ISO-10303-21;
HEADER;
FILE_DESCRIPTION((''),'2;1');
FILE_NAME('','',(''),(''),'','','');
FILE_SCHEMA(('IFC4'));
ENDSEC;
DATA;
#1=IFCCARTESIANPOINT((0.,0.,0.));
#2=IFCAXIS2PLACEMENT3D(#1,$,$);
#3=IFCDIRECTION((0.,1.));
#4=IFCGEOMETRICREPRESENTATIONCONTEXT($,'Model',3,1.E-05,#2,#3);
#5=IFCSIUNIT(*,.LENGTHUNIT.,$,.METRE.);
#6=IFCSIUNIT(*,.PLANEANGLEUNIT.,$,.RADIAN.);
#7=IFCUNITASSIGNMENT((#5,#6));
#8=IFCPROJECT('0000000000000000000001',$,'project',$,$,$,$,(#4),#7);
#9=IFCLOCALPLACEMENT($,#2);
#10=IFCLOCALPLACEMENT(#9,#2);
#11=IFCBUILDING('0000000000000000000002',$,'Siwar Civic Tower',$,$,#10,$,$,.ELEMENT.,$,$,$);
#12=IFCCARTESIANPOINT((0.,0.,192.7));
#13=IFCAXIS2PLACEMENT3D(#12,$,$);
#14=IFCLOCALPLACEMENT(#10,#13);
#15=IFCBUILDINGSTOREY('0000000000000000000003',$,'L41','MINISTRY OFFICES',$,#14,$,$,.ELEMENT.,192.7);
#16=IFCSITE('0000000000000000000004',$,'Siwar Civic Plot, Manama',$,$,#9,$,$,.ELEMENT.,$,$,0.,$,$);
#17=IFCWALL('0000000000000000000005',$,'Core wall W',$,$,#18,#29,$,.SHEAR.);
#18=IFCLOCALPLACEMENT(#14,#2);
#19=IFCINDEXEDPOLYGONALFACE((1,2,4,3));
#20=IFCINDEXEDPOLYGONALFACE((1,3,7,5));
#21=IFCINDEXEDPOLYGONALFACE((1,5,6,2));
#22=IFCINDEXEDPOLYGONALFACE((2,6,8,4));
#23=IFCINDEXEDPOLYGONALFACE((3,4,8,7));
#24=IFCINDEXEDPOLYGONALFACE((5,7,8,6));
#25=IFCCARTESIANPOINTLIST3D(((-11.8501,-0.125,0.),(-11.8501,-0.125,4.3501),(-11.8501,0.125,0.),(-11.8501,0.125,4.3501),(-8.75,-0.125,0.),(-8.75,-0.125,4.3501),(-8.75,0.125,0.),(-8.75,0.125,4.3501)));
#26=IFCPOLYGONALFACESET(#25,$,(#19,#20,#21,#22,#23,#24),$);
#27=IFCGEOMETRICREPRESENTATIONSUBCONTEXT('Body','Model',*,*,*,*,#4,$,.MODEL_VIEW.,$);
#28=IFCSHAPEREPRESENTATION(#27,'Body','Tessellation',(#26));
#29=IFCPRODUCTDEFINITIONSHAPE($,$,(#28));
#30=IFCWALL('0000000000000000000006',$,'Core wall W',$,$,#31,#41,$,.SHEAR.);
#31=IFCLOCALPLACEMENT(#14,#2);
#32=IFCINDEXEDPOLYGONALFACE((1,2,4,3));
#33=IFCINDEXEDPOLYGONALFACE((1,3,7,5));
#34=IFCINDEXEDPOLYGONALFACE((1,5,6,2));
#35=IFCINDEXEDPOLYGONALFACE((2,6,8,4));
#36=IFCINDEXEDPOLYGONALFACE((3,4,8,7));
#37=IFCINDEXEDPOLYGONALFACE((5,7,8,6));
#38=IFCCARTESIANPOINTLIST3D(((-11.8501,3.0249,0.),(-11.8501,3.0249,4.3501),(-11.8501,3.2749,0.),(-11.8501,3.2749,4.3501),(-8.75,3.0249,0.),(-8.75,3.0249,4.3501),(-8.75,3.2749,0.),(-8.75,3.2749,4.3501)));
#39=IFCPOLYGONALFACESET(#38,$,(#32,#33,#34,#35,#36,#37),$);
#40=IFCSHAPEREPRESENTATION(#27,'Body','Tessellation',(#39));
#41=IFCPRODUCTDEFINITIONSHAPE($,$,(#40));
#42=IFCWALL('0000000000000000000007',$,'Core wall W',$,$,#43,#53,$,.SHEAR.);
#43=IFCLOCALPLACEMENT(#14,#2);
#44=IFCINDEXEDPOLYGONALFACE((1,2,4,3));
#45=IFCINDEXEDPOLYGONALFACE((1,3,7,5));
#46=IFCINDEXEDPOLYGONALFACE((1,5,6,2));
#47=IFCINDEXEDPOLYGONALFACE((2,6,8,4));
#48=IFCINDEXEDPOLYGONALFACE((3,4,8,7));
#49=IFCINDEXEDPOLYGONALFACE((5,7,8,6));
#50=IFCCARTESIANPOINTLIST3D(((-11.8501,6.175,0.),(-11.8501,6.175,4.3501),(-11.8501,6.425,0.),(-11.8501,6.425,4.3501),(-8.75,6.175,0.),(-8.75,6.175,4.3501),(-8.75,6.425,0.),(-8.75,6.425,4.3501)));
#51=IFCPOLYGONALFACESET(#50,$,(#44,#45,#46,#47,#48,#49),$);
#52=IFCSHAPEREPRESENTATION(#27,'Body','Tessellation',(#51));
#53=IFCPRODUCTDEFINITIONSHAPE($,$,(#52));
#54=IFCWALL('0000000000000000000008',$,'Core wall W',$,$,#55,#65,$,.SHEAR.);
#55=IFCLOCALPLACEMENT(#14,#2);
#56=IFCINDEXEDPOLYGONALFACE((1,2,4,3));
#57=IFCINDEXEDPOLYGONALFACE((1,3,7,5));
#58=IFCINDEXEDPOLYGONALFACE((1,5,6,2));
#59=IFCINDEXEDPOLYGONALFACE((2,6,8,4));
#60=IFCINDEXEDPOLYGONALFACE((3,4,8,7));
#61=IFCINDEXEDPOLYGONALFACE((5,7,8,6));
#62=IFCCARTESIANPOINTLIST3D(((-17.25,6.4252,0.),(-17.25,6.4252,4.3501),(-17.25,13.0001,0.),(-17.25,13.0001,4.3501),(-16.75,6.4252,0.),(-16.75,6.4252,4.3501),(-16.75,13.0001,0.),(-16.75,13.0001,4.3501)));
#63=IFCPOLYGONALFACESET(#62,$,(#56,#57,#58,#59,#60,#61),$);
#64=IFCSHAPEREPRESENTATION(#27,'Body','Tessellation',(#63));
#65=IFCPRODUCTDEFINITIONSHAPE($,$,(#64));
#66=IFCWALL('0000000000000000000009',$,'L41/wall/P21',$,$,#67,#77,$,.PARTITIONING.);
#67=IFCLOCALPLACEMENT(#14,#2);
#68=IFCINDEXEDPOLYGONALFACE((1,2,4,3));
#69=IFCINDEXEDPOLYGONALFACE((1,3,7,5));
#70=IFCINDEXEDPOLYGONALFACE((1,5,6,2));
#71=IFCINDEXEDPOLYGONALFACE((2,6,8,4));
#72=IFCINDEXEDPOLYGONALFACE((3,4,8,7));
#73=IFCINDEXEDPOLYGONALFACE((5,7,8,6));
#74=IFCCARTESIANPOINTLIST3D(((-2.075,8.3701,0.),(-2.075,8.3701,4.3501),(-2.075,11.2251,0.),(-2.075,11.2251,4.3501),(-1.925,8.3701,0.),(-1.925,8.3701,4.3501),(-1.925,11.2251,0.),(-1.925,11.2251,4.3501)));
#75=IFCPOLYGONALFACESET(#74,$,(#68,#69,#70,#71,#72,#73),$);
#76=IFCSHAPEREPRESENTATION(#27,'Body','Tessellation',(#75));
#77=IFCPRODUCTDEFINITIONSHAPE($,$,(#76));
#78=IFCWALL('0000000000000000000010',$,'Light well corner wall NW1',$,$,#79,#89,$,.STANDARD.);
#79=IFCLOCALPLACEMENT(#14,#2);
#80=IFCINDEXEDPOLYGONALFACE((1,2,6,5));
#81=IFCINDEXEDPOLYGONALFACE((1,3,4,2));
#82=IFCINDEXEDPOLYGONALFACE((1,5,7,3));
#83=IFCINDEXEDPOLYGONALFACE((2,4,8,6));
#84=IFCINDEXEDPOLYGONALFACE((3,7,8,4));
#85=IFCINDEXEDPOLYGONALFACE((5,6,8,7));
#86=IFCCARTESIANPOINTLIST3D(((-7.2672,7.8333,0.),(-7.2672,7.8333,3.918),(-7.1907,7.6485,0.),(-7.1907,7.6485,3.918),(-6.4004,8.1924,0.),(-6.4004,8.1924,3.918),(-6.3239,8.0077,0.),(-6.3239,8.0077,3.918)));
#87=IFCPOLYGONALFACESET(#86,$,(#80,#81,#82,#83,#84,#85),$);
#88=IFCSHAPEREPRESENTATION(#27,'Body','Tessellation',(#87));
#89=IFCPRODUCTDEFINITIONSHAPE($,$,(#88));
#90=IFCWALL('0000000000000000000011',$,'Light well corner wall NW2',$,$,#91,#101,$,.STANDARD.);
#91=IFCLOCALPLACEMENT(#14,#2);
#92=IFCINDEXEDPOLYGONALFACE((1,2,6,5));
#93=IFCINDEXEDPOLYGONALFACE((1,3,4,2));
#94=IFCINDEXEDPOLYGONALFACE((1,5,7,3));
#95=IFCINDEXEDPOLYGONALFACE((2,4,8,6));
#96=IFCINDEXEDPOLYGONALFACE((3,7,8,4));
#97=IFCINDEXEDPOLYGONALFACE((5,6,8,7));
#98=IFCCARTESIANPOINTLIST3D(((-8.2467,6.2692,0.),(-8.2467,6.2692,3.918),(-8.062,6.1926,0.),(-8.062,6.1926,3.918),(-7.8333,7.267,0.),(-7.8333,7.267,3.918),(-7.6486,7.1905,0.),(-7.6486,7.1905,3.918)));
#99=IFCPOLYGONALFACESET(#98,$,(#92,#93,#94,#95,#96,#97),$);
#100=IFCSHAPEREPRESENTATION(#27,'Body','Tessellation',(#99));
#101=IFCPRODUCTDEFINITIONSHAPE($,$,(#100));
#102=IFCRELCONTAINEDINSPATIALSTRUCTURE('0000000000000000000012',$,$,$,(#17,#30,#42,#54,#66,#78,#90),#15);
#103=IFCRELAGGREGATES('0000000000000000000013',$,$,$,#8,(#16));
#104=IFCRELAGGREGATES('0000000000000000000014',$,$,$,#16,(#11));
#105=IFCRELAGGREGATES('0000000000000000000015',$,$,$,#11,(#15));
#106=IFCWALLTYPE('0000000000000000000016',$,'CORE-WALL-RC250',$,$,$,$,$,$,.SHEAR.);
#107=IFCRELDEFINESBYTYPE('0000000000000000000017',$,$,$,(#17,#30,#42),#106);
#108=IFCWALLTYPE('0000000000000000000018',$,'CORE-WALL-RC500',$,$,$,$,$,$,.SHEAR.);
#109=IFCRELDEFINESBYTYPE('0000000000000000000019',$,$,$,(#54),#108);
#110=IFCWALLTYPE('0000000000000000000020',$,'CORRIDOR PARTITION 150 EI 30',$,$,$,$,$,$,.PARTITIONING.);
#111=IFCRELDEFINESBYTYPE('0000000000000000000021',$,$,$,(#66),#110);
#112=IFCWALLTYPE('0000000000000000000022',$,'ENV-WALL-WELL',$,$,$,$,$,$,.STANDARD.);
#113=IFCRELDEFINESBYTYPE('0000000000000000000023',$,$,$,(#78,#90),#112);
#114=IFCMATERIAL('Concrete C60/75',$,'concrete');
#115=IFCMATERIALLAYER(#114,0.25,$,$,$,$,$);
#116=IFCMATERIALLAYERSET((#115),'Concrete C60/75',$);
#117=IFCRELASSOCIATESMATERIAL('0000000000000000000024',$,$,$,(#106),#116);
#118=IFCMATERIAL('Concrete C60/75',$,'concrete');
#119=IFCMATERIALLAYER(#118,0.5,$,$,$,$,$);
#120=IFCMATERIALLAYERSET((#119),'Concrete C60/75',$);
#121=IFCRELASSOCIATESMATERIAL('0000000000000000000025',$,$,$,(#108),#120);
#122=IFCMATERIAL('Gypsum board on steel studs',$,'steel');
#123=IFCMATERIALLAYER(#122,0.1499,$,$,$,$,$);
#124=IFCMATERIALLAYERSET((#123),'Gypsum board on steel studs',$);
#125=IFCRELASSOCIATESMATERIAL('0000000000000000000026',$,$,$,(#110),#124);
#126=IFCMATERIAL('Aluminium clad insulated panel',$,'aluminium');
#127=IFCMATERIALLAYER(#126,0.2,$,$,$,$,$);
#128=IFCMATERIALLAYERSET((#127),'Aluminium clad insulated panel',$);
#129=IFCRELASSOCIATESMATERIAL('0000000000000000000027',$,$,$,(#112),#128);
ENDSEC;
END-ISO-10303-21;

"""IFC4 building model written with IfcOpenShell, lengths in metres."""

from ifc_helpers import new_model, si_unit, direction, frame, frame_2d, origin, place, context, subcontext, project, spatial, rectangle, extrude, material, layer, layer_set, type_object, element, save


model = new_model("IFC4")

# Units and contexts
model_context = context("Model", 3, precision=1e-05, world=origin(), true_north=direction((0.0, 1.0)))
body_context = subcontext(model_context, "Body", "Model", "MODEL_VIEW")
ifc_project = project(units=[si_unit("LENGTHUNIT", "METRE"), si_unit("PLANEANGLEUNIT", "RADIAN")], contexts=[model_context])

# Site, building, storey
site_placement = place(None, origin())
site = spatial("IfcSite", under=ifc_project, at=site_placement, Name="Siwar Civic Plot, Manama", CompositionType="ELEMENT", RefElevation=0.0)
building_placement = place(site_placement, origin())
building = spatial("IfcBuilding", under=site, at=building_placement, Name="Siwar Civic Tower", CompositionType="ELEMENT")
storey_placement = place(building_placement, frame((0.0, 0.0, 192.7)))
storey = spatial("IfcBuildingStorey", under=building, at=storey_placement, Name="L41", Description="MINISTRY OFFICES", CompositionType="ELEMENT", Elevation=192.7)

# Shared definitions
ifc_material_1 = material(Name="Concrete C60/75", Category="concrete")
ifc_layer_1 = layer(ifc_material_1, 0.25)
ifc_layer_set_1 = layer_set([ifc_layer_1], Name="Concrete C60/75")
wall_type_1 = type_object("IfcWallType", Name="CORE-WALL-RC250", PredefinedType="SHEAR", material=ifc_layer_set_1)

# Walls
for number, where, z_axis, x_axis, name in (
    (1, (-8.75, 0.0, 0.0), (0.0, 0.0, 1.0), (-1.0, 0.0, 0.0), "Core wall W"),
    (2, (-8.75, 3.1499, 0.0), (0.0, 0.0, 1.0), (-1.0, 0.0, 0.0), "Core wall W"),
    (3, (-8.75, 6.3, 0.0), (0.0, 0.0, 1.0), (-1.0, 0.0, 0.0), "Core wall W"),
):
    element("IfcWall", number, at=place(storey_placement, frame(where, z_axis=z_axis, x_axis=x_axis)), inside=storey, type_object=wall_type_1, Name=name, PredefinedType="SHEAR", context=body_context, shape_type="SweptSolid", body=[
        extrude(rectangle(XDim=3.1001, YDim=0.25, at=frame_2d((1.55, 0.0))), origin(), (0.0, 0.0, 1.0), 4.3501),
    ])
ifc_material_2 = material(Name="Concrete C60/75", Category="concrete")
ifc_layer_2 = layer(ifc_material_2, 0.5)
ifc_layer_set_2 = layer_set([ifc_layer_2], Name="Concrete C60/75")
wall_type_2 = type_object("IfcWallType", Name="CORE-WALL-RC500", PredefinedType="SHEAR", material=ifc_layer_set_2)
wall_1_placement = place(storey_placement, frame((-17.0, 6.425, 0.0), z_axis=(0.0, 0.0, 1.0), x_axis=(0.0, 1.0, 0.0)))
element("IfcWall", 4, at=wall_1_placement, inside=storey, type_object=wall_type_2, Name="Core wall W", PredefinedType="SHEAR", context=body_context, shape_type="SweptSolid", body=[
    extrude(rectangle(XDim=6.575, YDim=0.5, at=frame_2d((3.2876, 0.0))), origin(), (0.0, 0.0, 1.0), 4.3501),
])
ifc_material_3 = material(Name="Gypsum board on steel studs", Category="steel")
ifc_layer_3 = layer(ifc_material_3, 0.1499)
ifc_layer_set_3 = layer_set([ifc_layer_3], Name="Gypsum board on steel studs")
wall_type_3 = type_object("IfcWallType", Name="CORRIDOR PARTITION 150 EI 30", PredefinedType="PARTITIONING", material=ifc_layer_set_3)
wall_2_placement = place(storey_placement, frame((-2.0, 8.3701, 0.0), z_axis=(0.0, 0.0, 1.0), x_axis=(0.0, 1.0, 0.0)))
element("IfcWall", 5, at=wall_2_placement, inside=storey, type_object=wall_type_3, Name="L41/wall/P21", PredefinedType="PARTITIONING", context=body_context, shape_type="SweptSolid", body=[
    extrude(rectangle(XDim=2.855, YDim=0.1499, at=frame_2d((1.4275, 0.0))), origin(), (0.0, 0.0, 1.0), 4.3501),
])
ifc_material_4 = material(Name="Aluminium clad insulated panel", Category="aluminium")
ifc_layer_4 = layer(ifc_material_4, 0.2)
ifc_layer_set_4 = layer_set([ifc_layer_4], Name="Aluminium clad insulated panel")
wall_type_4 = type_object("IfcWallType", Name="ENV-WALL-WELL", PredefinedType="STANDARD", material=ifc_layer_set_4)
wall_3_placement = place(storey_placement, frame((-6.3621, 8.1001, 0.0), z_axis=(0.0, 0.0, 1.0), x_axis=(-0.92383, -0.382804, 0.0)))
element("IfcWall", 6, at=wall_3_placement, inside=storey, type_object=wall_type_4, Name="Light well corner wall NW1", PredefinedType="STANDARD", context=body_context, shape_type="SweptSolid", body=[
    extrude(rectangle(XDim=0.9382, YDim=0.2, at=frame_2d((0.4692, 0.0))), origin(), (0.0, 0.0, 1.0), 3.918),
])
wall_4_placement = place(storey_placement, frame((-7.741, 7.2288, 0.0), z_axis=(0.0, 0.0, 1.0), x_axis=(-0.382704, -0.923871, 0.0)))
element("IfcWall", 7, at=wall_4_placement, inside=storey, type_object=wall_type_4, Name="Light well corner wall NW2", PredefinedType="STANDARD", context=body_context, shape_type="SweptSolid", body=[
    extrude(rectangle(XDim=1.0801, YDim=0.2, at=frame_2d((0.54, 0.0))), origin(), (0.0, 0.0, 1.0), 3.918),
])

save(model, "model.ifc")
